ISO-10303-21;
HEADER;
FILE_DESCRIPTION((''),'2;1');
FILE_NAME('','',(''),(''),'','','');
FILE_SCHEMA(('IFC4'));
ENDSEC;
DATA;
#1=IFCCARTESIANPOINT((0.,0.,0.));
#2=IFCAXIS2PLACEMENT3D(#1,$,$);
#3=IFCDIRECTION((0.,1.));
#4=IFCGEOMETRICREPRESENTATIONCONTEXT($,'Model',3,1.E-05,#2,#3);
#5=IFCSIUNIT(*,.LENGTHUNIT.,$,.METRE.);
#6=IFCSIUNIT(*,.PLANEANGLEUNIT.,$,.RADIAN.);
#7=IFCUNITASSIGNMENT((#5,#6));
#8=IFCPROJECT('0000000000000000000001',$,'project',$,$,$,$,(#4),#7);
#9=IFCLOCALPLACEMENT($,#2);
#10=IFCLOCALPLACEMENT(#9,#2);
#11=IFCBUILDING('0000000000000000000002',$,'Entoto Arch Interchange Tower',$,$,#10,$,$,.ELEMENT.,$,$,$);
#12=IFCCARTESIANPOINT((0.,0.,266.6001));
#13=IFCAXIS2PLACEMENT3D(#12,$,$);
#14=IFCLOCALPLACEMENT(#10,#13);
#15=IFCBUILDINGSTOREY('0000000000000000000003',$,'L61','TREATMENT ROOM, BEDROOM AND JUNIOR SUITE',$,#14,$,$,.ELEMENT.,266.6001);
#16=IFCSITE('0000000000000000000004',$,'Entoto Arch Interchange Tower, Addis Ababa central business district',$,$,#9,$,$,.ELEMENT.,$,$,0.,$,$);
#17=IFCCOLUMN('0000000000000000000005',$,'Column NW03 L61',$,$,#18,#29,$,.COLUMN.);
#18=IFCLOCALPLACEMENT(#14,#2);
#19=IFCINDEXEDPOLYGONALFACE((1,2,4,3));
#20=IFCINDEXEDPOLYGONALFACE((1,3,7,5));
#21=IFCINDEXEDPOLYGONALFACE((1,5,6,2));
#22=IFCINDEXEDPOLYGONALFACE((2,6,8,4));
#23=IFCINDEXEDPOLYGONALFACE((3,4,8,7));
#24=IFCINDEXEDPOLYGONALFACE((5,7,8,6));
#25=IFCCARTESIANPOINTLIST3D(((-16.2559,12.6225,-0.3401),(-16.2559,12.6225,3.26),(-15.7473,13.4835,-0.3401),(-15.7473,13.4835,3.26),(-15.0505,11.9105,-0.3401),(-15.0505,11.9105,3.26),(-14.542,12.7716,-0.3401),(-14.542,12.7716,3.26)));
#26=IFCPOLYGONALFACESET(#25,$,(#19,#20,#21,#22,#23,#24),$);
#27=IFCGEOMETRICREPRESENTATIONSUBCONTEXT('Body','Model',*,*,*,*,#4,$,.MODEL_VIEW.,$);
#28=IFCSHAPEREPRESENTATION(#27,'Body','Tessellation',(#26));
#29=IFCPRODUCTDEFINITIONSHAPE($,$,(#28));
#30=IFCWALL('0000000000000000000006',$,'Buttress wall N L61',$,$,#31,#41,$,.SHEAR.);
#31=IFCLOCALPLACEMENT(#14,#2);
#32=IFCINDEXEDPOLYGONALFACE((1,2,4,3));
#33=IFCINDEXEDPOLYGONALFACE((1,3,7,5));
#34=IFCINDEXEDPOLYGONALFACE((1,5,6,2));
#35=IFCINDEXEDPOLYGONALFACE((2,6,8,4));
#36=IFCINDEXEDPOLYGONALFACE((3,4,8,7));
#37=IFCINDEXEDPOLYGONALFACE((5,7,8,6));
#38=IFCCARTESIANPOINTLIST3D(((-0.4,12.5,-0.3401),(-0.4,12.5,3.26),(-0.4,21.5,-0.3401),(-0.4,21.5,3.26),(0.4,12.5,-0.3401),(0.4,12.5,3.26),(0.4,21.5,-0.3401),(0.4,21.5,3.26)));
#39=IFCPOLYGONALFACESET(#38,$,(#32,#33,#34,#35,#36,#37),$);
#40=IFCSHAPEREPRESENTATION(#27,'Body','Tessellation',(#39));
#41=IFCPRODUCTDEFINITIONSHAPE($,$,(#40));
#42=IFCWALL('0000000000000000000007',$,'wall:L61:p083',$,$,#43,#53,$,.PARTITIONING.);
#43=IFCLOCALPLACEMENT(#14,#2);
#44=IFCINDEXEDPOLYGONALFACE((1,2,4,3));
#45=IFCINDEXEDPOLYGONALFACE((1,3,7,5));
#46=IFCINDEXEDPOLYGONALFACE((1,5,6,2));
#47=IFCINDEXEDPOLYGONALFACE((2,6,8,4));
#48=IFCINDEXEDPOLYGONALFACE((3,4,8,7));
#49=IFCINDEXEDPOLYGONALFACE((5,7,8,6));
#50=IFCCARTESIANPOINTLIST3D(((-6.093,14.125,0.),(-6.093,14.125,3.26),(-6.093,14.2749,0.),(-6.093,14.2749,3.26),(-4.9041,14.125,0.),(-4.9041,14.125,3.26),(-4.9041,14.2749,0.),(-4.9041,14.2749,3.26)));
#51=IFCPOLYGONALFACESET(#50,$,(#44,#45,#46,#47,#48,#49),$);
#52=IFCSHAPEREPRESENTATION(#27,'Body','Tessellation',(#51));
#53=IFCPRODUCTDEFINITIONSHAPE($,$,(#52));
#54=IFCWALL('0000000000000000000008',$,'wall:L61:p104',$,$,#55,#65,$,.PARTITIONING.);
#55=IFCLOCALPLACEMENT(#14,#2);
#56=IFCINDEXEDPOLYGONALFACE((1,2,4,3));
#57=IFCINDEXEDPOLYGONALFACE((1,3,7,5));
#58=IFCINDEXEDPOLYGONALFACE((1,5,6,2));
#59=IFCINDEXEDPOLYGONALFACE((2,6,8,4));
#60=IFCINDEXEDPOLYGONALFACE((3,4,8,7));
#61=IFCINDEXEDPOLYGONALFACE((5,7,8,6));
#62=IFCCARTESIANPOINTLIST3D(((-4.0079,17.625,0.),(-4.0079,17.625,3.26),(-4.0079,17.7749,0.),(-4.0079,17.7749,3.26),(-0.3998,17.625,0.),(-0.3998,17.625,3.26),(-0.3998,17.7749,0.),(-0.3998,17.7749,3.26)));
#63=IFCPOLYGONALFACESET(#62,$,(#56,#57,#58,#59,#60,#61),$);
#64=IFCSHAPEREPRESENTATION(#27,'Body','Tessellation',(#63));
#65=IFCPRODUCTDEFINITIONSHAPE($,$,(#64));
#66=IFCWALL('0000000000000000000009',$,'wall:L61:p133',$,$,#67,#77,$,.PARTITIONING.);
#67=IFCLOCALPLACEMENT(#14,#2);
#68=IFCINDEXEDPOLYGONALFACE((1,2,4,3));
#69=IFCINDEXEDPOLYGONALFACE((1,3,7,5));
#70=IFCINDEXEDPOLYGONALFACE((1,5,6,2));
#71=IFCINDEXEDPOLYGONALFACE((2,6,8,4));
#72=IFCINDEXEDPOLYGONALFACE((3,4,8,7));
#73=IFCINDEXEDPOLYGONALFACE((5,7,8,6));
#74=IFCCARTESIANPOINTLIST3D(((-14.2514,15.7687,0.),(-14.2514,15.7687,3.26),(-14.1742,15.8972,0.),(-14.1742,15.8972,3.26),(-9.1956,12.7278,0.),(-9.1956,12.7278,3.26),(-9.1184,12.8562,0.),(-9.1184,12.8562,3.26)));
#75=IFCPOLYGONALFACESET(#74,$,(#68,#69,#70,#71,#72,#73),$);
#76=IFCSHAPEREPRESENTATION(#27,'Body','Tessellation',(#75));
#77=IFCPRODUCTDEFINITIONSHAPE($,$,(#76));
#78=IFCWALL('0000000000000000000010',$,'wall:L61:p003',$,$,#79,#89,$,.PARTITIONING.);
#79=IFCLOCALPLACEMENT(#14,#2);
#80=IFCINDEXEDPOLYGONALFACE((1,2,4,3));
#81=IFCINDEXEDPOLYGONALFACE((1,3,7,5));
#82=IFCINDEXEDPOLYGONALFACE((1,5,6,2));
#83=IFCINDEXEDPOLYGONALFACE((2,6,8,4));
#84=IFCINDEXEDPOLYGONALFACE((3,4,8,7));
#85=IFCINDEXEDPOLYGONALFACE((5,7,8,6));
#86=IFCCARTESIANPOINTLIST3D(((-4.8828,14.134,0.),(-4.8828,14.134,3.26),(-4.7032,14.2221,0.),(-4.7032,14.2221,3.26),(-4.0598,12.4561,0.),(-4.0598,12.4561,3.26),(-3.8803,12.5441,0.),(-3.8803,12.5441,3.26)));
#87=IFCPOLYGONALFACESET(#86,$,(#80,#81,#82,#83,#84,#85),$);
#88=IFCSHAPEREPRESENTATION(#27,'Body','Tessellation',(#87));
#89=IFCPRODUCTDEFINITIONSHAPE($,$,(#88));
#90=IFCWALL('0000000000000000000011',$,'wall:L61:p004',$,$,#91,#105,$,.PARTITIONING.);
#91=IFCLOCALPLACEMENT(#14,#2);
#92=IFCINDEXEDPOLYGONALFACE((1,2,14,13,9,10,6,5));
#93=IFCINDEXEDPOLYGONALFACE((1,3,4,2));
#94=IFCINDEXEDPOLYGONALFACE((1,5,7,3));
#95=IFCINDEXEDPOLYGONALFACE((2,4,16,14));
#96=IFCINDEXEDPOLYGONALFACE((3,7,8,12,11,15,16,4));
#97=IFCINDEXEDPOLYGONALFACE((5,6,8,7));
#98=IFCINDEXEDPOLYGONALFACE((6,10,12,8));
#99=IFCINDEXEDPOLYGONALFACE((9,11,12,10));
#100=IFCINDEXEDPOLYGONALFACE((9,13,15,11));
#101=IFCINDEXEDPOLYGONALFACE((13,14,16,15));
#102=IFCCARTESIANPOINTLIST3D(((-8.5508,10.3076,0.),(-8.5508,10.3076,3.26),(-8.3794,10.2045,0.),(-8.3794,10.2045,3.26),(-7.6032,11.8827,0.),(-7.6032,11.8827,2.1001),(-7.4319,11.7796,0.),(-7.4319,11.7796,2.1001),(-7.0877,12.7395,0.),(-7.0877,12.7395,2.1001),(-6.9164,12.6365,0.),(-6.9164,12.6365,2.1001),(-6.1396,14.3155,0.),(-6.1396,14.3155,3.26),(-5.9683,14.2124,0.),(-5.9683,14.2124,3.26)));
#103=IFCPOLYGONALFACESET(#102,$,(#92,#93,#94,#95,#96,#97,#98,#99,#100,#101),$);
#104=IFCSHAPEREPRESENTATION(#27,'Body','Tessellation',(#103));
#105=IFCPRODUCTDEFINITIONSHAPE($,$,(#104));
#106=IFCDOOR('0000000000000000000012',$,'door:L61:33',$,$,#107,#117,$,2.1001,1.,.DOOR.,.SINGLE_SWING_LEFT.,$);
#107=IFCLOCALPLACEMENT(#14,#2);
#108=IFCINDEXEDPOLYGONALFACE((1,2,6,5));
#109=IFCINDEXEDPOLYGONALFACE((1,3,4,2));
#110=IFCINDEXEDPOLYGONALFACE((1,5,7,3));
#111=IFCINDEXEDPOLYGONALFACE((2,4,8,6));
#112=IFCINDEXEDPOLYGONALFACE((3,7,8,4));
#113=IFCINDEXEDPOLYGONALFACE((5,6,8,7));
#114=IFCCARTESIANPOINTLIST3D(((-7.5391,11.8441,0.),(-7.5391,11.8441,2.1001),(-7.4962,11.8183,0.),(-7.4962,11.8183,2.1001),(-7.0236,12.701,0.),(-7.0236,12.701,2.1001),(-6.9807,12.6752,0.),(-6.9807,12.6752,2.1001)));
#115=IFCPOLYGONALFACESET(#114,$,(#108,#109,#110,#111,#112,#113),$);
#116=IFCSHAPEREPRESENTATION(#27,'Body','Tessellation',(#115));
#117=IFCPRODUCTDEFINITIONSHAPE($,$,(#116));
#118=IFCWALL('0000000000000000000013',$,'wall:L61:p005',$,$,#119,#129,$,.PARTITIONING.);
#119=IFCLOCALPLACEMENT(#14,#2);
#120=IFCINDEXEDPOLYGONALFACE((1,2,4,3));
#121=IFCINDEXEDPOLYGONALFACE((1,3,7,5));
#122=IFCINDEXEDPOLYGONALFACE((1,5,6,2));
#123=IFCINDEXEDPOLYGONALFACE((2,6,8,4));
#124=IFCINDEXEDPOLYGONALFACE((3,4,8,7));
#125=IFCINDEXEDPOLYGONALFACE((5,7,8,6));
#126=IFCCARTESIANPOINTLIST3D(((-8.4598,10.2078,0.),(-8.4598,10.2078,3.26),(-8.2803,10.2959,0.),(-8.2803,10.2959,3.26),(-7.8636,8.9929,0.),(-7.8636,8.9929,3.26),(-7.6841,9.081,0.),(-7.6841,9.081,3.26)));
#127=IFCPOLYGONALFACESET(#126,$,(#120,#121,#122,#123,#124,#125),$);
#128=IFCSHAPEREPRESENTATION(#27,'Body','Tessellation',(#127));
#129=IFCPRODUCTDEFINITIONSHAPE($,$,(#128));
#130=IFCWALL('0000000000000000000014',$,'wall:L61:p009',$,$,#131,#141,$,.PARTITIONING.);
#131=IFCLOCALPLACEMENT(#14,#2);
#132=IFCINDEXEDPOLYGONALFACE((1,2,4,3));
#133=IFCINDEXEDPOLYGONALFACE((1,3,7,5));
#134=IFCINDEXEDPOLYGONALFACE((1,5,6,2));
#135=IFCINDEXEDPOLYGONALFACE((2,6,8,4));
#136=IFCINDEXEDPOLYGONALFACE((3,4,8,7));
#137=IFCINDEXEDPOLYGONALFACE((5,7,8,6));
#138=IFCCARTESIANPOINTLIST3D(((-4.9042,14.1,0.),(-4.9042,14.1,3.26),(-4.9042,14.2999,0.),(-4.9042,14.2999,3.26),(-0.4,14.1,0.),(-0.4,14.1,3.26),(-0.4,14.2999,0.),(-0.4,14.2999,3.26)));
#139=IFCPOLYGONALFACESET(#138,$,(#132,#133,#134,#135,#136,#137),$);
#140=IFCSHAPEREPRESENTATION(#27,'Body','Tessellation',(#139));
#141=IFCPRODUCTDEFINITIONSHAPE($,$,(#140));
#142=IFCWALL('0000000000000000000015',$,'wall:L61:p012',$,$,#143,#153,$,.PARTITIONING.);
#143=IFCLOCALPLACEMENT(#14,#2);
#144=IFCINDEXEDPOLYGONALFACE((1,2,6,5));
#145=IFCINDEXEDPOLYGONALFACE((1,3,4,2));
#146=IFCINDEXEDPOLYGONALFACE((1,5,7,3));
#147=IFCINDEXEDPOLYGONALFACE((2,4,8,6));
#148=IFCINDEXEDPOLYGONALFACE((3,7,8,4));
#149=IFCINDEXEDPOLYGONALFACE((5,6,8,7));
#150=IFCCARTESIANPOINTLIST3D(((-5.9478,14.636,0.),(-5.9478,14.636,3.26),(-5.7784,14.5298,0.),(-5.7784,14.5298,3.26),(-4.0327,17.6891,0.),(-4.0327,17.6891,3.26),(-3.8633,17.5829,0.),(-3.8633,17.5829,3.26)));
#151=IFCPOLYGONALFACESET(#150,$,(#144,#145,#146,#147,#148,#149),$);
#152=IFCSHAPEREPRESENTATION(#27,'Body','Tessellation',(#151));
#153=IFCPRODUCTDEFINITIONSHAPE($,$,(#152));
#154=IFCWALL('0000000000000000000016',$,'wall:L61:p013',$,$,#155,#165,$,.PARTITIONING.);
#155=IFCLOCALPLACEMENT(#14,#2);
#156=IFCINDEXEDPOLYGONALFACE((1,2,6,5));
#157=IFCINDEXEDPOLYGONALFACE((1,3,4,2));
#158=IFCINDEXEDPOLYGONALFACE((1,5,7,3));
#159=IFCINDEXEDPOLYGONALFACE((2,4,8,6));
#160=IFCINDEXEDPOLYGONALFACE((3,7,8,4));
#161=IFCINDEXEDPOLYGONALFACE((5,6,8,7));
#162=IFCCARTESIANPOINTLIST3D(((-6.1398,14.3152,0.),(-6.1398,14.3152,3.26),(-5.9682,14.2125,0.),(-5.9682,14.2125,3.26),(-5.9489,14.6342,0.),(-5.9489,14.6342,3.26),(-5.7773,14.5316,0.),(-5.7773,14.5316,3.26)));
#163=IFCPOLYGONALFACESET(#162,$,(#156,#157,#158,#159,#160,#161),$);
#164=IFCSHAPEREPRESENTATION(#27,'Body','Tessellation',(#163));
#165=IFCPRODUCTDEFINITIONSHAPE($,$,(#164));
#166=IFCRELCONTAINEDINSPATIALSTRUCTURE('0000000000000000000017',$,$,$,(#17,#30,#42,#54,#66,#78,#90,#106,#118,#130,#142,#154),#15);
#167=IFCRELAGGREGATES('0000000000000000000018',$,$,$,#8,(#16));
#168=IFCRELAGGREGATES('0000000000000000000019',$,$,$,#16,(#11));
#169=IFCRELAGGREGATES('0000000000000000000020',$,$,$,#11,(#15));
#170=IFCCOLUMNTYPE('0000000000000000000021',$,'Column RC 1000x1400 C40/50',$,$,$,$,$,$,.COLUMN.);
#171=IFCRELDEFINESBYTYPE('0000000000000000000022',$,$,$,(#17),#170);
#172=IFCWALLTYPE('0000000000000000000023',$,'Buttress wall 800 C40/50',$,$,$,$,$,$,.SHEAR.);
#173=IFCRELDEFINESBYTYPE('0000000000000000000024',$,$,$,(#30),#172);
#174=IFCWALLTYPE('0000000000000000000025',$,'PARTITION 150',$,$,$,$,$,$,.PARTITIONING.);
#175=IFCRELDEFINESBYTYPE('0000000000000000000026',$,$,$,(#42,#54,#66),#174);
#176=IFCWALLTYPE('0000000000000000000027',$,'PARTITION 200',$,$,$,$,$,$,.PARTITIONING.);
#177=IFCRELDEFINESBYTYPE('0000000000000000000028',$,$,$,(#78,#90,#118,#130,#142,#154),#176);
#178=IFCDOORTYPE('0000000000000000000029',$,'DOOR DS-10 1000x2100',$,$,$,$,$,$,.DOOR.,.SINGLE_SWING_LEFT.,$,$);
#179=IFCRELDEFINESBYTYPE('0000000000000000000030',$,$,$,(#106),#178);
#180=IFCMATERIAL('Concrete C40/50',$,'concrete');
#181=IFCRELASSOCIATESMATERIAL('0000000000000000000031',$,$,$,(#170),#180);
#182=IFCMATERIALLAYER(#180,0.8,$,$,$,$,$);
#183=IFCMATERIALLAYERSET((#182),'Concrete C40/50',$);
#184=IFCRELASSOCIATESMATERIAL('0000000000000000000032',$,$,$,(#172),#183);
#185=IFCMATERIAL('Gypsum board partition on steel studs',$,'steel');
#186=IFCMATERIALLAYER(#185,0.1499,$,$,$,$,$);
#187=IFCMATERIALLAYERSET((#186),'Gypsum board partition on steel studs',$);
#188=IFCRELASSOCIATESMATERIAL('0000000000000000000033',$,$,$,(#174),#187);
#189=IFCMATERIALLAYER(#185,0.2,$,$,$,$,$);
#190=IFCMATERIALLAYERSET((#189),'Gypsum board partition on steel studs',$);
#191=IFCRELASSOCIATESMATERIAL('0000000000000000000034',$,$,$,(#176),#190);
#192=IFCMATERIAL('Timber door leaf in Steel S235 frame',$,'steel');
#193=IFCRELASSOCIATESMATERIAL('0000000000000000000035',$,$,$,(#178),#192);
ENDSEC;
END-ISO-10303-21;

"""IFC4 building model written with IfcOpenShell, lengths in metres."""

from ifc_helpers import new_model, si_unit, direction, frame, frame_2d, origin, origin_2d, place, context, subcontext, project, spatial, rectangle, extrude, material, layer, layer_set, material_profile, profile_set, type_object, element, fill, save


model = new_model("IFC4")

# Units and contexts
model_context = context("Model", 3, precision=1e-05, world=origin(), true_north=direction((0.0, 1.0)))
body_context = subcontext(model_context, "Body", "Model", "MODEL_VIEW")
ifc_project = project(units=[si_unit("LENGTHUNIT", "METRE"), si_unit("PLANEANGLEUNIT", "RADIAN")], contexts=[model_context])

# Site, building, storey
site_placement = place(None, origin())
site = spatial("IfcSite", under=ifc_project, at=site_placement, Name="Entoto Arch Interchange Tower, Addis Ababa central business district", CompositionType="ELEMENT", RefElevation=0.0)
building_placement = place(site_placement, origin())
building = spatial("IfcBuilding", under=site, at=building_placement, Name="Entoto Arch Interchange Tower", CompositionType="ELEMENT")
storey_placement = place(building_placement, frame((0.0, 0.0, 266.6001)))
storey = spatial("IfcBuildingStorey", under=building, at=storey_placement, Name="L61", Description="TREATMENT ROOM, BEDROOM AND JUNIOR SUITE", CompositionType="ELEMENT", Elevation=266.6001)

# Column
ifc_material_1 = material(Name="Concrete C40/50", Category="concrete")
ifc_material_profile = material_profile(ifc_material_1, rectangle(XDim=1.0, YDim=1.3999, at=origin_2d()))
ifc_profile_set = profile_set([ifc_material_profile], Name="Concrete C40/50")
column_type = type_object("IfcColumnType", Name="Column RC 1000x1400 C40/50", PredefinedType="COLUMN", material=ifc_profile_set)
column_placement = place(storey_placement, frame((-15.3989, 12.697, -0.3401), z_axis=(0.0, 0.0, 1.0), x_axis=(0.508576, 0.861017, 0.0)))
element("IfcColumn", 1, at=column_placement, inside=storey, type_object=column_type, Name="Column NW03 L61", PredefinedType="COLUMN", context=body_context, shape_type="SweptSolid", body=[
    extrude(rectangle(XDim=1.0, YDim=1.3999, at=origin_2d()), origin(), (0.0, 0.0, 1.0), 3.6001),
])

# Walls
ifc_layer_1 = layer(ifc_material_1, 0.8)
ifc_layer_set_1 = layer_set([ifc_layer_1], Name="Concrete C40/50")
wall_type_1 = type_object("IfcWallType", Name="Buttress wall 800 C40/50", PredefinedType="SHEAR", material=ifc_layer_set_1)
wall_1_placement = place(storey_placement, frame((0.0, 12.5, -0.3401), z_axis=(0.0, 0.0, 1.0), x_axis=(0.0, 1.0, 0.0)))
element("IfcWall", 2, at=wall_1_placement, inside=storey, type_object=wall_type_1, Name="Buttress wall N L61", PredefinedType="SHEAR", context=body_context, shape_type="SweptSolid", body=[
    extrude(rectangle(XDim=9.0, YDim=0.8, at=frame_2d((4.5, 0.0))), origin(), (0.0, 0.0, 1.0), 3.6001),
])
ifc_material_2 = material(Name="Gypsum board partition on steel studs", Category="steel")
ifc_layer_2 = layer(ifc_material_2, 0.1499)
ifc_layer_set_2 = layer_set([ifc_layer_2], Name="Gypsum board partition on steel studs")
wall_type_2 = type_object("IfcWallType", Name="PARTITION 150", PredefinedType="PARTITIONING", material=ifc_layer_set_2)
wall_2_placement = place(storey_placement, frame((-4.9041, 14.2, 0.0), z_axis=(0.0, 0.0, 1.0), x_axis=(-1.0, 0.0, 0.0)))
element("IfcWall", 3, at=wall_2_placement, inside=storey, type_object=wall_type_2, Name="wall:L61:p083", PredefinedType="PARTITIONING", context=body_context, shape_type="SweptSolid", body=[
    extrude(rectangle(XDim=1.189, YDim=0.1499, at=frame_2d((0.5945, 0.0))), origin(), (0.0, 0.0, 1.0), 3.26),
])
wall_3_placement = place(storey_placement, frame((-4.0081, 17.7, 0.0), z_axis=(0.0, 0.0, 1.0), x_axis=(1.0, 0.0, 0.0)))
element("IfcWall", 4, at=wall_3_placement, inside=storey, type_object=wall_type_2, Name="wall:L61:p104", PredefinedType="PARTITIONING", context=body_context, shape_type="SweptSolid", body=[
    extrude(rectangle(XDim=3.6082, YDim=0.1499, at=frame_2d((1.8042, 0.0))), origin(), (0.0, 0.0, 1.0), 3.26),
])
wall_4_placement = place(storey_placement, frame((-9.157, 12.792, 0.0), z_axis=(0.0, 0.0, 1.0), x_axis=(-0.856934, 0.515426, 0.0)))
element("IfcWall", 5, at=wall_4_placement, inside=storey, type_object=wall_type_2, Name="wall:L61:p133", PredefinedType="PARTITIONING", context=body_context, shape_type="SweptSolid", body=[
    extrude(rectangle(XDim=5.8999, YDim=0.1499, at=frame_2d((2.95, 0.0))), origin(), (0.0, 0.0, 1.0), 3.26),
])
ifc_layer_3 = layer(ifc_material_2, 0.2)
ifc_layer_set_3 = layer_set([ifc_layer_3], Name="Gypsum board partition on steel studs")
wall_type_3 = type_object("IfcWallType", Name="PARTITION 200", PredefinedType="PARTITIONING", material=ifc_layer_set_3)
wall_5_placement = place(storey_placement, frame((-3.97, 12.5, 0.0), z_axis=(0.0, 0.0, 1.0), x_axis=(-0.440355, 0.897824, 0.0)))
element("IfcWall", 6, at=wall_5_placement, inside=storey, type_object=wall_type_3, Name="wall:L61:p003", PredefinedType="PARTITIONING", context=body_context, shape_type="SweptSolid", body=[
    extrude(rectangle(XDim=1.8689, YDim=0.2, at=frame_2d((0.9346, 0.0))), origin(), (0.0, 0.0, 1.0), 3.26),
])

# Wall, opening, door
wall_6_placement = place(storey_placement, frame((-6.054, 14.2639, 0.0), z_axis=(0.0, 0.0, 1.0), x_axis=(-0.515509, -0.856884, 0.0)))
wall_6 = element("IfcWall", 7, at=wall_6_placement, inside=storey, type_object=wall_type_3, Name="wall:L61:p004", PredefinedType="PARTITIONING", context=body_context, shape_type="SweptSolid", body=[
    extrude(rectangle(XDim=4.6772, YDim=0.2, at=frame_2d((2.3386, 0.0))), origin(), (0.0, 0.0, 1.0), 3.26),
])
opening_1_placement = place(wall_6_placement, frame((1.8391, 0.0, 0.0)))
opening_1 = element("IfcOpeningElement", 8, at=opening_1_placement, cuts=wall_6, PredefinedType="OPENING", context=body_context, shape_type="SweptSolid", body=[
    extrude(rectangle(XDim=1.0, YDim=2.1001, at=frame_2d((0.5, 1.05))), frame((0.0, 0.1099, 0.0), z_axis=(0.0, -1.0, 0.0), x_axis=(1.0, 0.0, 0.0)), (0.0, 0.0, 1.0), 0.22),
])
ifc_material_3 = material(Name="Timber door leaf in Steel S235 frame", Category="steel")
door_type_1 = type_object("IfcDoorType", Name="DOOR DS-10 1000x2100", OperationType="SINGLE_SWING_LEFT", PredefinedType="DOOR", material=ifc_material_3)
door_1_placement = place(opening_1_placement, origin())
door_1 = element("IfcDoor", 9, at=door_1_placement, inside=storey, type_object=door_type_1, Name="door:L61:33", OperationType="SINGLE_SWING_LEFT", OverallHeight=2.1001, OverallWidth=1.0, PredefinedType="DOOR", context=body_context, shape_type="SweptSolid", body=[
    extrude(rectangle(XDim=1.0, YDim=2.1001, at=frame_2d((0.5, 1.05))), frame((0.0, 0.0249, 0.0), z_axis=(0.0, -1.0, 0.0), x_axis=(1.0, 0.0, 0.0)), (0.0, 0.0, 1.0), 0.05),
])
fill(opening_1, door_1)

# Walls
wall_7_placement = place(storey_placement, frame((-8.3701, 10.252, 0.0), z_axis=(0.0, 0.0, 1.0), x_axis=(0.440562, -0.897722, 0.0)))
element("IfcWall", 10, at=wall_7_placement, inside=storey, type_object=wall_type_3, Name="wall:L61:p005", PredefinedType="PARTITIONING", context=body_context, shape_type="SweptSolid", body=[
    extrude(rectangle(XDim=1.3533, YDim=0.2, at=frame_2d((0.6768, 0.0))), origin(), (0.0, 0.0, 1.0), 3.26),
])
wall_8_placement = place(storey_placement, frame((-4.9041, 14.2, 0.0), z_axis=(0.0, 0.0, 1.0), x_axis=(1.0, 0.0, 0.0)))
element("IfcWall", 11, at=wall_8_placement, inside=storey, type_object=wall_type_3, Name="wall:L61:p009", PredefinedType="PARTITIONING", context=body_context, shape_type="SweptSolid", body=[
    extrude(rectangle(XDim=4.5042, YDim=0.2, at=frame_2d((2.252, 0.0))), origin(), (0.0, 0.0, 1.0), 3.26),
])
wall_9_placement = place(storey_placement, frame((-3.948, 17.636, 0.0), z_axis=(0.0, 0.0, 1.0), x_axis=(-0.531381, -0.847133, 0.0)))
element("IfcWall", 12, at=wall_9_placement, inside=storey, type_object=wall_type_3, Name="wall:L61:p012", PredefinedType="PARTITIONING", context=body_context, shape_type="SweptSolid", body=[
    extrude(rectangle(XDim=3.604, YDim=0.2, at=frame_2d((1.802, 0.0))), origin(), (0.0, 0.0, 1.0), 3.26),
])
wall_10_placement = place(storey_placement, frame((-5.863, 14.583, 0.0), z_axis=(0.0, 0.0, 1.0), x_axis=(-0.513433, -0.85813, 0.0)))
element("IfcWall", 13, at=wall_10_placement, inside=storey, type_object=wall_type_3, Name="wall:L61:p013", PredefinedType="PARTITIONING", context=body_context, shape_type="SweptSolid", body=[
    extrude(rectangle(XDim=0.3718, YDim=0.2, at=frame_2d((0.186, 0.0))), origin(), (0.0, 0.0, 1.0), 3.26),
])

save(model, "model.ifc")
